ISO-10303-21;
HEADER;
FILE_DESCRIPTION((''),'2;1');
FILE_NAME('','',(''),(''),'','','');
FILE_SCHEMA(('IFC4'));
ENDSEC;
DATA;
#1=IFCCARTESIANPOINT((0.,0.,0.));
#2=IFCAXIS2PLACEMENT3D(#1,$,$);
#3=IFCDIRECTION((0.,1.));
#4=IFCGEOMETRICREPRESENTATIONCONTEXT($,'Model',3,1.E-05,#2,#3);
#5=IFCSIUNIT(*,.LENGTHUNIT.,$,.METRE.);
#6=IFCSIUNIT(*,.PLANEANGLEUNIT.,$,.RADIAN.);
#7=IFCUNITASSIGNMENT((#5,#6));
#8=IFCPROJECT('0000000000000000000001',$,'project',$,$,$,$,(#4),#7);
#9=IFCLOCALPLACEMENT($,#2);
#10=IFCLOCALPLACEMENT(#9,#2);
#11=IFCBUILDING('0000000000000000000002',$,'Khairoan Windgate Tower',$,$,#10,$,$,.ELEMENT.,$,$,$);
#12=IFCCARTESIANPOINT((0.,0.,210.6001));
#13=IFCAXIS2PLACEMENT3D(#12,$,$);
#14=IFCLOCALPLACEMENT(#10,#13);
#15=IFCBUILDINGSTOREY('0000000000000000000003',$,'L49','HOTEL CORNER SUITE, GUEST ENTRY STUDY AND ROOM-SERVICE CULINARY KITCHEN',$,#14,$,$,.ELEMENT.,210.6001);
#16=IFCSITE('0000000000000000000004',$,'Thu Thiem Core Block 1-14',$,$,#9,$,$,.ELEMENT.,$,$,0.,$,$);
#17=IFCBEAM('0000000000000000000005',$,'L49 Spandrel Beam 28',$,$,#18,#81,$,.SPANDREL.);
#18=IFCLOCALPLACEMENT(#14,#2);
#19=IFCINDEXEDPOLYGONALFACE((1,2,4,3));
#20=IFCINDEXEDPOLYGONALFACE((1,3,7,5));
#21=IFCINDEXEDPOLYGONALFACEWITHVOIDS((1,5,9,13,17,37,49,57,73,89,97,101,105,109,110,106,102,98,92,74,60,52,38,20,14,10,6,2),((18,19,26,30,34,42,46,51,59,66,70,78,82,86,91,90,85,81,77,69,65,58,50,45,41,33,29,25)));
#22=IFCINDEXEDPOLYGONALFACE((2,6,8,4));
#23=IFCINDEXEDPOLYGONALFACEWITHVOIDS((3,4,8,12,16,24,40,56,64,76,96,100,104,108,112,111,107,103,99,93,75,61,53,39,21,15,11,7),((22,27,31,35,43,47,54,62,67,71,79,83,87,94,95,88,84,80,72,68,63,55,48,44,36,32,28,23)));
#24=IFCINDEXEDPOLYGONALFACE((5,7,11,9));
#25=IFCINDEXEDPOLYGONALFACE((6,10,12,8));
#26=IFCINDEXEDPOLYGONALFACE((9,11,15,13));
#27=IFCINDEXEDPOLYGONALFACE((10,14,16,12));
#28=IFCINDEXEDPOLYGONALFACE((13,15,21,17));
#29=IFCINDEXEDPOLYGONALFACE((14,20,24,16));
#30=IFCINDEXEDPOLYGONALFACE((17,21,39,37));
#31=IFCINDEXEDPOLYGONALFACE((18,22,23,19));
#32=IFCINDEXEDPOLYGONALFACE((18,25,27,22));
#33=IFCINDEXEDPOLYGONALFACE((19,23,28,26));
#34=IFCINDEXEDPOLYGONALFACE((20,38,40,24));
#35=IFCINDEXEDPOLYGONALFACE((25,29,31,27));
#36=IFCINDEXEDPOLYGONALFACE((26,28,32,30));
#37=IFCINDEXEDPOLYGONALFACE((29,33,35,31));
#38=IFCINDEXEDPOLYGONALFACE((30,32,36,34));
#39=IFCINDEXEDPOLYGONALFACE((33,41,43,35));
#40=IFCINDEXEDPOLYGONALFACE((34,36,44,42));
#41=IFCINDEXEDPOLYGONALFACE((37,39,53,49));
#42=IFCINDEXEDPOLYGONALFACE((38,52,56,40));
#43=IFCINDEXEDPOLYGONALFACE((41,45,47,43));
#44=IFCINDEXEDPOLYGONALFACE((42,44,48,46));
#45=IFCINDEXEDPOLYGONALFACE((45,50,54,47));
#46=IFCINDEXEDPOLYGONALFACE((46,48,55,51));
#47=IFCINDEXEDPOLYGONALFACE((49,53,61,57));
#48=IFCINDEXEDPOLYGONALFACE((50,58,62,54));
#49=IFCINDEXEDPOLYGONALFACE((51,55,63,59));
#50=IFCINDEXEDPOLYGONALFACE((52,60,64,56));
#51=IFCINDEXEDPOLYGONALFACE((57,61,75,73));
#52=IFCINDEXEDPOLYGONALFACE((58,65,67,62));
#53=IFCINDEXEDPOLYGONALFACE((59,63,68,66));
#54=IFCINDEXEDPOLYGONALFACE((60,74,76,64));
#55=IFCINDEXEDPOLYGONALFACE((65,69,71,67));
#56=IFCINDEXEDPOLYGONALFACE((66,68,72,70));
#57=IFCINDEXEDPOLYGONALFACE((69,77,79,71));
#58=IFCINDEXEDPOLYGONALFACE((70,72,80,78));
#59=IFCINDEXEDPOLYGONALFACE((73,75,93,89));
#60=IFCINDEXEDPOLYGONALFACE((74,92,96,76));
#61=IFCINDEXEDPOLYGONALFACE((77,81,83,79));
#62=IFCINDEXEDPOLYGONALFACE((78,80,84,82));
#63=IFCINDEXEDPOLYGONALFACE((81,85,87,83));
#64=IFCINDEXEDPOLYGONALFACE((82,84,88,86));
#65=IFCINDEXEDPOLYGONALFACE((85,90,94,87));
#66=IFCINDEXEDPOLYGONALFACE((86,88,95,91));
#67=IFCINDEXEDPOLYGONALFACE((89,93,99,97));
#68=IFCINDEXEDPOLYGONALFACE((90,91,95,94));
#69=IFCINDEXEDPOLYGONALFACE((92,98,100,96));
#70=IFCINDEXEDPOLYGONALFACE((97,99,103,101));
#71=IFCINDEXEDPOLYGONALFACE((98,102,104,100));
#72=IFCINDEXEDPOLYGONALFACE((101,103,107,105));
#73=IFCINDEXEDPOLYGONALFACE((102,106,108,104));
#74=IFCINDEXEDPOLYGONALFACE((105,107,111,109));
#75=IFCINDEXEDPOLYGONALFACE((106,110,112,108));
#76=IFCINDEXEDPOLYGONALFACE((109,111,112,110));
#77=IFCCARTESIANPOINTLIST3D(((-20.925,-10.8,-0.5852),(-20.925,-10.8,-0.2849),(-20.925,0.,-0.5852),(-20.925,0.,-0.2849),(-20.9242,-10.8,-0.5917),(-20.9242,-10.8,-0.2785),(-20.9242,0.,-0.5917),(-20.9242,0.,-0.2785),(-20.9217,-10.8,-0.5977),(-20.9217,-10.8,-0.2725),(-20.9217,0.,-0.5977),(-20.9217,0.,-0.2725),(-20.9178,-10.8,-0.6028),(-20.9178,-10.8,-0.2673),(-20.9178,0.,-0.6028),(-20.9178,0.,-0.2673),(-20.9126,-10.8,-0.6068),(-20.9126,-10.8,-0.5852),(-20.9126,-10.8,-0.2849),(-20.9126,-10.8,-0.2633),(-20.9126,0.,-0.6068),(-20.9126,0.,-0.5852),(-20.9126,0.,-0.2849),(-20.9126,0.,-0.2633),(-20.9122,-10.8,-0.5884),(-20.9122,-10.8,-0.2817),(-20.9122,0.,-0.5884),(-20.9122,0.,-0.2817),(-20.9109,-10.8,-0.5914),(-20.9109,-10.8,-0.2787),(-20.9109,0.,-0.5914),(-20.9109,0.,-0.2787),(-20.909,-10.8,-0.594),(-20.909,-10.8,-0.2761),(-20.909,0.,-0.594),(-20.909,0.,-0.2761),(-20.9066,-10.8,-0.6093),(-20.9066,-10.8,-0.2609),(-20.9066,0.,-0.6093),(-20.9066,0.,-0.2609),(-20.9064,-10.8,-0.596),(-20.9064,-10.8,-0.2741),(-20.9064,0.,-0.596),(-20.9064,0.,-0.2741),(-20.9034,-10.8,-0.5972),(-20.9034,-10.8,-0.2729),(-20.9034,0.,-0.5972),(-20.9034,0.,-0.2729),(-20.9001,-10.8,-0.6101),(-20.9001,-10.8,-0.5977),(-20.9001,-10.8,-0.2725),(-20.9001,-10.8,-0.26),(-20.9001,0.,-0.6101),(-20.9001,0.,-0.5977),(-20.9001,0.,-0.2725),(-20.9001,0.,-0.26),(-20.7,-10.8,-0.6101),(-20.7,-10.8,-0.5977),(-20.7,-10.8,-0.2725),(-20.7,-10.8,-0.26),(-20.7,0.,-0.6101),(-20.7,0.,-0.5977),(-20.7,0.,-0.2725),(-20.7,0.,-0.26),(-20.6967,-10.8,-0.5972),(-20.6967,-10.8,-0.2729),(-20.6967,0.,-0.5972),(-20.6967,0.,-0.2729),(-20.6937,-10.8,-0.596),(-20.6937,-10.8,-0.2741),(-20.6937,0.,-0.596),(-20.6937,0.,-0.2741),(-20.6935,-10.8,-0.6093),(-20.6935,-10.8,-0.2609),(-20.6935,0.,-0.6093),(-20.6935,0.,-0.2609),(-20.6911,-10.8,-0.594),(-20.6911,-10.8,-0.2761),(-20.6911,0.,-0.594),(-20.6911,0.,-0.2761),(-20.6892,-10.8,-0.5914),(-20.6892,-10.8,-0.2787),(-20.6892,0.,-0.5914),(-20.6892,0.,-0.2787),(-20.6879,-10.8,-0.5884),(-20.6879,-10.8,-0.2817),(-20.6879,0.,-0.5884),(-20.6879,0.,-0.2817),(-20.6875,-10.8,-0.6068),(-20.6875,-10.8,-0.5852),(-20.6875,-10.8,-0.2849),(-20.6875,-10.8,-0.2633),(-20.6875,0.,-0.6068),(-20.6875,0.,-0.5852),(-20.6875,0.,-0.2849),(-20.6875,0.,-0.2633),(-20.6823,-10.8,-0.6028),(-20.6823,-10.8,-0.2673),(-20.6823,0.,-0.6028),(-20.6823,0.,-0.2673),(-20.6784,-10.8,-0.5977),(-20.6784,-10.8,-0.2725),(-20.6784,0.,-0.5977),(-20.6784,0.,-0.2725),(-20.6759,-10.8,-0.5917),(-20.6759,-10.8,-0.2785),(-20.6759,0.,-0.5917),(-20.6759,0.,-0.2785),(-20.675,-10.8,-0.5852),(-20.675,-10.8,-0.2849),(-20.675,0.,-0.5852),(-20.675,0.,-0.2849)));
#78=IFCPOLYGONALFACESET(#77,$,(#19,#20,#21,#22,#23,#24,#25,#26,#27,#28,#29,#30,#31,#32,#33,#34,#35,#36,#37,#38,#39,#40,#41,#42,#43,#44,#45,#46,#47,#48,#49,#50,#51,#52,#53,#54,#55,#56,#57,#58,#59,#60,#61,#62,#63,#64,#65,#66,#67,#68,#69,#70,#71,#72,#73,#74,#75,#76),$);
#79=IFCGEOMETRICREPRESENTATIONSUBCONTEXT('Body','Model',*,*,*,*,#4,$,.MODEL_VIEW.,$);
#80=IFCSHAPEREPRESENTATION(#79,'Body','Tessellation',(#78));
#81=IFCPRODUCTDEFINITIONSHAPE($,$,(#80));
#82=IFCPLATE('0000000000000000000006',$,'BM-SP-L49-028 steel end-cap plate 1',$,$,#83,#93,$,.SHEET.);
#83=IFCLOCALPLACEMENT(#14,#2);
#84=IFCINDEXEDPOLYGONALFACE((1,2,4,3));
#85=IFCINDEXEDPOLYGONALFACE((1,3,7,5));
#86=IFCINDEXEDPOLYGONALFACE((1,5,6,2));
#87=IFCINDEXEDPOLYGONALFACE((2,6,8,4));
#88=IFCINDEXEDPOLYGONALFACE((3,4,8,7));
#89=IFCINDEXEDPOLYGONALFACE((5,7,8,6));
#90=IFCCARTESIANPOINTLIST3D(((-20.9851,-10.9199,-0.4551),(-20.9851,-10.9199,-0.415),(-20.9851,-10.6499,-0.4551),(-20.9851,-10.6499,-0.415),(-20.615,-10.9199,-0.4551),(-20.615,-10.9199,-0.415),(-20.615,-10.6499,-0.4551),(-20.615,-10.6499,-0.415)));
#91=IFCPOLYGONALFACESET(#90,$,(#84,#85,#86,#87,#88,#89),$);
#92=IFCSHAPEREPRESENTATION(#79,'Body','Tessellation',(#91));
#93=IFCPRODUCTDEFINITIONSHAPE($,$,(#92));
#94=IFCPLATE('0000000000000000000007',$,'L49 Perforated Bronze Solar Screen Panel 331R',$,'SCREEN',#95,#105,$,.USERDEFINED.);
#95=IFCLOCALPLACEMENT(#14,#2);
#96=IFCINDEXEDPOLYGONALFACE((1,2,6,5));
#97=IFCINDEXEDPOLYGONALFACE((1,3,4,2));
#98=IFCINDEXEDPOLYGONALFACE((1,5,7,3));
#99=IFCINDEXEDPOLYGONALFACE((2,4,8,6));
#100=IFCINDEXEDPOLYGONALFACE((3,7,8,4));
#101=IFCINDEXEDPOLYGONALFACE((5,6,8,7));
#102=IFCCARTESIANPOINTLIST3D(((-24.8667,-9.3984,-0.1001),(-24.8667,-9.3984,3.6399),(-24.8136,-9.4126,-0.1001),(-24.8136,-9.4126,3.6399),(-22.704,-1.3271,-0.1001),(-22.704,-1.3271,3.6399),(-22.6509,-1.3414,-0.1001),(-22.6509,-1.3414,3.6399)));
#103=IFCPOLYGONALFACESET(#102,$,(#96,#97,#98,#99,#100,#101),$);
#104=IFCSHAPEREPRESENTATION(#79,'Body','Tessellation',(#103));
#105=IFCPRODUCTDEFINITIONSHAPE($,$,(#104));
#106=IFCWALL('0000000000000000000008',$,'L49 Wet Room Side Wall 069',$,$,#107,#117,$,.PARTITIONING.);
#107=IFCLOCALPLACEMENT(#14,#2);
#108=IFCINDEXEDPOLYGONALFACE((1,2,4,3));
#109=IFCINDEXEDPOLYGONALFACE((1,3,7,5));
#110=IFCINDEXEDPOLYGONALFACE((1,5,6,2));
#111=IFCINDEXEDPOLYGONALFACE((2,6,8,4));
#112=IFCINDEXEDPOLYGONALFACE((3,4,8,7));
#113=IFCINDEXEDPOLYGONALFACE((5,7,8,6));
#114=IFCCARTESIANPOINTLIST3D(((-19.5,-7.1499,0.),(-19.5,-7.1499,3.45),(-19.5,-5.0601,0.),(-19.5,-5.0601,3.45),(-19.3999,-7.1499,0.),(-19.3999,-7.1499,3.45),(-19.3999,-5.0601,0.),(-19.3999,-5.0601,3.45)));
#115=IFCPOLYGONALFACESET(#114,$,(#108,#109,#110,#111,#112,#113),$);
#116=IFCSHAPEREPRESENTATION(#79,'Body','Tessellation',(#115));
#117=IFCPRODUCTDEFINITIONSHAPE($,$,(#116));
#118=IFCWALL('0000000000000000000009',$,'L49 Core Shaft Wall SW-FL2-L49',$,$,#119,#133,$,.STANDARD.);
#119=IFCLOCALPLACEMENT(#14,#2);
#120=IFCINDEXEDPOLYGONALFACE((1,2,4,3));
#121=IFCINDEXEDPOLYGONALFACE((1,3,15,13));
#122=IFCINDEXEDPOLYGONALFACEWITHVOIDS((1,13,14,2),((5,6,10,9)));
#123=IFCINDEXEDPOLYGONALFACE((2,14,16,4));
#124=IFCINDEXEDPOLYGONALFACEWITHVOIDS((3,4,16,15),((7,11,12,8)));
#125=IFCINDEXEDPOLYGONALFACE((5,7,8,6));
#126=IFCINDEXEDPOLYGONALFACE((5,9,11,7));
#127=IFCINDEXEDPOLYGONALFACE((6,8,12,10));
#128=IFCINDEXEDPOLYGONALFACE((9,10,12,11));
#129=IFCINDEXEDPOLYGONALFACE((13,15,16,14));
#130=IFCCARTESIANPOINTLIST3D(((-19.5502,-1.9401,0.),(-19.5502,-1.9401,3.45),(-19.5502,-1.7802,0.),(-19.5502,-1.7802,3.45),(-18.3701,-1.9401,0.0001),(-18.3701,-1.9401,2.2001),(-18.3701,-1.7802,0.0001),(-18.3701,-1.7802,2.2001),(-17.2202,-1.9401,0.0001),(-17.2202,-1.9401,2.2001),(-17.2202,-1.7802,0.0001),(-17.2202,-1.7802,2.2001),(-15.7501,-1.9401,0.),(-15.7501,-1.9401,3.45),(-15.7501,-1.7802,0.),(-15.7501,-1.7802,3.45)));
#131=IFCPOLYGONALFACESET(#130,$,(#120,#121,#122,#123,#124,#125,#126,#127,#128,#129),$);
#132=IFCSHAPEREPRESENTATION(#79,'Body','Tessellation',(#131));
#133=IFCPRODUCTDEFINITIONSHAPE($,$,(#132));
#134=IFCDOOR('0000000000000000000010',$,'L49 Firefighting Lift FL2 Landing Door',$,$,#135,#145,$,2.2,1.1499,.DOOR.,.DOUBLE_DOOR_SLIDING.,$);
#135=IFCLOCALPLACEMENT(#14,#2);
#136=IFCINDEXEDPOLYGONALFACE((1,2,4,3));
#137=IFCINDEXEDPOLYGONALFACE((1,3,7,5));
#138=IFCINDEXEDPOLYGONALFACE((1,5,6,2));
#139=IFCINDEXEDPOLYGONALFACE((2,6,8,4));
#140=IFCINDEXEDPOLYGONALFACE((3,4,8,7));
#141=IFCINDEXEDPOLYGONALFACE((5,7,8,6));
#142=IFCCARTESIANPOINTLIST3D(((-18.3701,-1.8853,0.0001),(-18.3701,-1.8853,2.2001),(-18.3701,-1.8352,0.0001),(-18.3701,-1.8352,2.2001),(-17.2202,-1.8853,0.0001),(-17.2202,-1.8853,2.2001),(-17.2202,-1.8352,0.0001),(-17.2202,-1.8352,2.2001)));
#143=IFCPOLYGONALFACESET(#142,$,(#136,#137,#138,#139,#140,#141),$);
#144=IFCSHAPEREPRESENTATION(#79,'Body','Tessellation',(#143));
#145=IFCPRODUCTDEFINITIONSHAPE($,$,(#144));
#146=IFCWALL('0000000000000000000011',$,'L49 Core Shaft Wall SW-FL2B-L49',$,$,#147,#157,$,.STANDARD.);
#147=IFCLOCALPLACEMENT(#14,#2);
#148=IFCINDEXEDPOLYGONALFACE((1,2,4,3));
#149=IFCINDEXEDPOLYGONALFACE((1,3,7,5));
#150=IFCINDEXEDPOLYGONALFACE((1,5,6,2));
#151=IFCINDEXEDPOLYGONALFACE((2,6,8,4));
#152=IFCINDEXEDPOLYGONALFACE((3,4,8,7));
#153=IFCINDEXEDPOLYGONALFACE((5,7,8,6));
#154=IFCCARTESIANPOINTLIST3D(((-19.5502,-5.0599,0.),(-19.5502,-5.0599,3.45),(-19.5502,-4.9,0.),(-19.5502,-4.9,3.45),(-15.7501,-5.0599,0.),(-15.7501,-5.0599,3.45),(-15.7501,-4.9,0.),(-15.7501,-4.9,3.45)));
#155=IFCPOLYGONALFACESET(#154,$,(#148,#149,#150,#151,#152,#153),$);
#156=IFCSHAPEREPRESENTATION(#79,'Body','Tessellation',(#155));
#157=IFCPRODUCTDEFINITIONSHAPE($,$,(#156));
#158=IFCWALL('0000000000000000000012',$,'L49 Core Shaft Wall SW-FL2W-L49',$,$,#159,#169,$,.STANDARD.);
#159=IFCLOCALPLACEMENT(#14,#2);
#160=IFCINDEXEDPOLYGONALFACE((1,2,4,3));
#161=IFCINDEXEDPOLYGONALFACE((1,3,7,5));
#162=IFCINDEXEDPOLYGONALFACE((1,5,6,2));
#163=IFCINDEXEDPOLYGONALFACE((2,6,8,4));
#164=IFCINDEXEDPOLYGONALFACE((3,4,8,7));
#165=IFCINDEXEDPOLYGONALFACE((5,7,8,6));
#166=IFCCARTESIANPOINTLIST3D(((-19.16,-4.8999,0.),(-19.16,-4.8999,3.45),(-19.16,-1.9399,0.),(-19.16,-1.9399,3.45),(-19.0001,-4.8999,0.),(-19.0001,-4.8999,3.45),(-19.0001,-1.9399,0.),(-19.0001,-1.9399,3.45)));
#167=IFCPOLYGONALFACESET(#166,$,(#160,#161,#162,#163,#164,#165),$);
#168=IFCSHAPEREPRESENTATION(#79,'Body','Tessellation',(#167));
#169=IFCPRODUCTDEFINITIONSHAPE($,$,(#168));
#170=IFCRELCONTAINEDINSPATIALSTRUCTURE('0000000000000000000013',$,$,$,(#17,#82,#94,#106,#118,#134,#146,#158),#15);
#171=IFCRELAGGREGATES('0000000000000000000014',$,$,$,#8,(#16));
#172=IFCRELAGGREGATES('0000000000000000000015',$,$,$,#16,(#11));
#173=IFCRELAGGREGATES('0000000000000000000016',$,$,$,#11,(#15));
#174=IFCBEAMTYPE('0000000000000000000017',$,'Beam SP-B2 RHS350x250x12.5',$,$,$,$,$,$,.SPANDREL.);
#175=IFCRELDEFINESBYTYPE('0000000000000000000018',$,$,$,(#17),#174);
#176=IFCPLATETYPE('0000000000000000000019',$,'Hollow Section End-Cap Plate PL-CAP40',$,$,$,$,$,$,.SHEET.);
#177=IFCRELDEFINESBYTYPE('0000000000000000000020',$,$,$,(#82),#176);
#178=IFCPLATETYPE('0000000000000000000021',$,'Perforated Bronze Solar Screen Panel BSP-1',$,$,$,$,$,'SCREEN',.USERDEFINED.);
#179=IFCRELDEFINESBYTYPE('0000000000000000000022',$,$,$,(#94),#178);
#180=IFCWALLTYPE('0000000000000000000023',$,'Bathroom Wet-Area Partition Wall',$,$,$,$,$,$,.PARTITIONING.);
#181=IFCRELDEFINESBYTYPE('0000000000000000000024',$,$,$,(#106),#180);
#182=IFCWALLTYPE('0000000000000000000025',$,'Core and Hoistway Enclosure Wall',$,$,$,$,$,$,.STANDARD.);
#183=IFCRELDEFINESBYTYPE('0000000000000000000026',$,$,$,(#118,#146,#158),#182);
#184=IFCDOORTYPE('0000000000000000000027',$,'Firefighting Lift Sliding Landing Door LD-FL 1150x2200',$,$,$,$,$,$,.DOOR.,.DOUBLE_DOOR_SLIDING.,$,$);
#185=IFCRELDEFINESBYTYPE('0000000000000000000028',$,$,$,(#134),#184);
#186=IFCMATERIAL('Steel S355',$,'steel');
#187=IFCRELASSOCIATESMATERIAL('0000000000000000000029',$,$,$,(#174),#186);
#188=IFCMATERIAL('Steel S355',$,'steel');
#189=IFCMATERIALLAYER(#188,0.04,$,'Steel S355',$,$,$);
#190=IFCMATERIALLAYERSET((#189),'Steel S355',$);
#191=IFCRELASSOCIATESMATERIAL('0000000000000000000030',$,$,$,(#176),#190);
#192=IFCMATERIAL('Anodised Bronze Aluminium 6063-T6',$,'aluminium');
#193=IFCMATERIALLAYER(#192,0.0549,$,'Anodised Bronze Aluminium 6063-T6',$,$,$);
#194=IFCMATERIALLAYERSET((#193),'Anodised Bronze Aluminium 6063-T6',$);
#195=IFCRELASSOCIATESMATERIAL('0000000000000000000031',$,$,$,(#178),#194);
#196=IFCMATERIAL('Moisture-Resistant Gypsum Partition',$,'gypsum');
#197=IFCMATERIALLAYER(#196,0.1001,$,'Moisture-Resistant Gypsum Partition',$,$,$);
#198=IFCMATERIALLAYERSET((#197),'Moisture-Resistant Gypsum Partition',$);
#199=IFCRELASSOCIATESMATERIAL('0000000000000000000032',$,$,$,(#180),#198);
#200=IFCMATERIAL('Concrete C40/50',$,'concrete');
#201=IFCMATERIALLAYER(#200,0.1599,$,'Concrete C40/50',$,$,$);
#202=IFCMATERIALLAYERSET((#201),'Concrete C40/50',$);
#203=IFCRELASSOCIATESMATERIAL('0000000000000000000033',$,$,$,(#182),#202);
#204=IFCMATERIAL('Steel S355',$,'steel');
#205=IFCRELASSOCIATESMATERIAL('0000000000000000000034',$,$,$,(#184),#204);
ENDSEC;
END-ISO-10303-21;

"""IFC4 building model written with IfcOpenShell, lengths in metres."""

from ifc_helpers import new_model, si_unit, direction, frame, frame_2d, origin, origin_2d, place, context, subcontext, project, spatial, rectangle, hollow_rectangle, extrude, material, layer, layer_set, material_profile, profile_set, type_object, element, fill, save


model = new_model("IFC4")

# Units and contexts
model_context = context("Model", 3, precision=1e-05, world=origin(), true_north=direction((0.0, 1.0)))
body_context = subcontext(model_context, "Body", "Model", "MODEL_VIEW")
ifc_project = project(units=[si_unit("LENGTHUNIT", "METRE"), si_unit("PLANEANGLEUNIT", "RADIAN")], contexts=[model_context])

# Site, building, storey
site_placement = place(None, origin())
site = spatial("IfcSite", under=ifc_project, at=site_placement, Name="Thu Thiem Core Block 1-14", CompositionType="ELEMENT", RefElevation=0.0)
building_placement = place(site_placement, origin())
building = spatial("IfcBuilding", under=site, at=building_placement, Name="Khairoan Windgate Tower", CompositionType="ELEMENT")
storey_placement = place(building_placement, frame((0.0, 0.0, 210.6001)))
storey = spatial("IfcBuildingStorey", under=building, at=storey_placement, Name="L49", Description="HOTEL CORNER SUITE, GUEST ENTRY STUDY AND ROOM-SERVICE CULINARY KITCHEN", CompositionType="ELEMENT", Elevation=210.6001)

# Beam
ifc_material_1 = material(Name="Steel S355", Category="steel")
ifc_material_profile_1 = material_profile(ifc_material_1, hollow_rectangle(XDim=0.25, YDim=0.3501, WallThickness=0.0125, InnerFilletRadius=0.0125, OuterFilletRadius=0.0249, at=origin_2d()))
ifc_profile_set_1 = profile_set([ifc_material_profile_1], Name="Steel S355")
beam_type_1 = type_object("IfcBeamType", Name="Beam SP-B2 RHS350x250x12.5", PredefinedType="SPANDREL", material=ifc_profile_set_1)
beam_1_placement = place(storey_placement, frame((-20.8, -10.8, -0.4351), z_axis=(0.0, 1.0, 0.0), x_axis=(-1.0, 0.0, 0.0)))
element("IfcBeam", 1, at=beam_1_placement, inside=storey, type_object=beam_type_1, Name="L49 Spandrel Beam 28", PredefinedType="SPANDREL", context=body_context, shape_type="SweptSolid", body=[
    extrude(hollow_rectangle(XDim=0.25, YDim=0.3501, WallThickness=0.0125, InnerFilletRadius=0.0125, OuterFilletRadius=0.0249, at=origin_2d()), origin(), (0.0, 0.0, 1.0), 10.8),
])

# Plates
ifc_material_2 = material(Name="Steel S355", Category="steel")
ifc_layer_1 = layer(ifc_material_2, 0.04, Name="Steel S355")
ifc_layer_set_1 = layer_set([ifc_layer_1], Name="Steel S355")
plate_type_1 = type_object("IfcPlateType", Name="Hollow Section End-Cap Plate PL-CAP40", PredefinedType="SHEET", material=ifc_layer_set_1)
plate_1_placement = place(storey_placement, frame((-20.8, -10.7849, -0.4551), z_axis=(0.0, 0.0, 1.0), x_axis=(0.0, 1.0, 0.0)))
element("IfcPlate", 2, at=plate_1_placement, inside=storey, type_object=plate_type_1, Name="BM-SP-L49-028 steel end-cap plate 1", PredefinedType="SHEET", context=body_context, shape_type="SweptSolid", body=[
    extrude(rectangle(XDim=0.27, YDim=0.3701, at=origin_2d()), origin(), (0.0, 0.0, 1.0), 0.04),
])
ifc_material_3 = material(Name="Anodised Bronze Aluminium 6063-T6", Category="aluminium")
ifc_layer_2 = layer(ifc_material_3, 0.0549, Name="Anodised Bronze Aluminium 6063-T6")
ifc_layer_set_2 = layer_set([ifc_layer_2], Name="Anodised Bronze Aluminium 6063-T6")
plate_type_2 = type_object("IfcPlateType", Name="Perforated Bronze Solar Screen Panel BSP-1", ElementType="SCREEN", PredefinedType="USERDEFINED", material=ifc_layer_set_2)
plate_2_placement = place(storey_placement, frame((-23.7588, -5.3699, -0.1001), z_axis=(0.0, 0.0, 1.0), x_axis=(0.258819, 0.965926, 0.0)))
element("IfcPlate", 3, at=plate_2_placement, inside=storey, type_object=plate_type_2, Name="L49 Perforated Bronze Solar Screen Panel 331R", ObjectType="SCREEN", PredefinedType="USERDEFINED", context=body_context, shape_type="SweptSolid", body=[
    extrude(rectangle(XDim=8.356, YDim=0.0549, at=origin_2d()), origin(), (0.0, 0.0, 1.0), 3.74),
])

# Wall
ifc_material_4 = material(Name="Moisture-Resistant Gypsum Partition", Category="gypsum")
ifc_layer_3 = layer(ifc_material_4, 0.1001, Name="Moisture-Resistant Gypsum Partition")
ifc_layer_set_3 = layer_set([ifc_layer_3], Name="Moisture-Resistant Gypsum Partition")
wall_type_1 = type_object("IfcWallType", Name="Bathroom Wet-Area Partition Wall", PredefinedType="PARTITIONING", material=ifc_layer_set_3)
wall_1_placement = place(storey_placement, frame((-19.45, -7.1499, 0.0), z_axis=(0.0, 0.0, 1.0), x_axis=(0.0, 1.0, 0.0)))
element("IfcWall", 4, at=wall_1_placement, inside=storey, type_object=wall_type_1, Name="L49 Wet Room Side Wall 069", PredefinedType="PARTITIONING", context=body_context, shape_type="SweptSolid", body=[
    extrude(rectangle(XDim=2.0898, YDim=0.1001, at=frame_2d((1.0449, 0.0))), origin(), (0.0, 0.0, 1.0), 3.45),
])

# Wall, opening, door
ifc_material_5 = material(Name="Concrete C40/50", Category="concrete")
ifc_layer_4 = layer(ifc_material_5, 0.1599, Name="Concrete C40/50")
ifc_layer_set_4 = layer_set([ifc_layer_4], Name="Concrete C40/50")
wall_type_2 = type_object("IfcWallType", Name="Core and Hoistway Enclosure Wall", PredefinedType="STANDARD", material=ifc_layer_set_4)
wall_2_placement = place(storey_placement, frame((-19.55, -1.8601, 0.0), z_axis=(0.0, 0.0, 1.0), x_axis=(1.0, 0.0, 0.0)))
wall_2 = element("IfcWall", 5, at=wall_2_placement, inside=storey, type_object=wall_type_2, Name="L49 Core Shaft Wall SW-FL2-L49", PredefinedType="STANDARD", context=body_context, shape_type="SweptSolid", body=[
    extrude(rectangle(XDim=3.8, YDim=0.1599, at=frame_2d((1.8999, 0.0))), origin(), (0.0, 0.0, 1.0), 3.45),
])
opening_1_placement = place(wall_2_placement, frame((1.1799, 0.0, 0.0)))
opening_1 = element("IfcOpeningElement", 6, at=opening_1_placement, cuts=wall_2, PredefinedType="OPENING", context=body_context, shape_type="SweptSolid", body=[
    extrude(rectangle(XDim=1.1499, YDim=2.2, at=frame_2d((0.575, 1.1001))), frame((0.0, 0.0898, 0.0), z_axis=(0.0, -1.0, 0.0), x_axis=(1.0, 0.0, 0.0)), (0.0, 0.0, 1.0), 0.1799),
])
ifc_material_6 = material(Name="Steel S355", Category="steel")
door_type_1 = type_object("IfcDoorType", Name="Firefighting Lift Sliding Landing Door LD-FL 1150x2200", OperationType="DOUBLE_DOOR_SLIDING", PredefinedType="DOOR", material=ifc_material_6)
door_1_placement = place(opening_1_placement, origin())
door_1 = element("IfcDoor", 7, at=door_1_placement, inside=storey, type_object=door_type_1, Name="L49 Firefighting Lift FL2 Landing Door", OperationType="DOUBLE_DOOR_SLIDING", OverallHeight=2.2, OverallWidth=1.1499, PredefinedType="DOOR", context=body_context, shape_type="SweptSolid", body=[
    extrude(rectangle(XDim=1.1499, YDim=2.2, at=frame_2d((0.575, 1.1001))), frame((0.0, 0.0249, 0.0), z_axis=(0.0, -1.0, 0.0), x_axis=(1.0, 0.0, 0.0)), (0.0, 0.0, 1.0), 0.05),
])
fill(opening_1, door_1)

# Walls
wall_3_placement = place(storey_placement, frame((-19.55, -4.98, 0.0), z_axis=(0.0, 0.0, 1.0), x_axis=(1.0, 0.0, 0.0)))
element("IfcWall", 8, at=wall_3_placement, inside=storey, type_object=wall_type_2, Name="L49 Core Shaft Wall SW-FL2B-L49", PredefinedType="STANDARD", context=body_context, shape_type="SweptSolid", body=[
    extrude(rectangle(XDim=3.8, YDim=0.1599, at=frame_2d((1.8999, 0.0))), origin(), (0.0, 0.0, 1.0), 3.45),
])
wall_4_placement = place(storey_placement, frame((-19.0801, -4.8999, 0.0), z_axis=(0.0, 0.0, 1.0), x_axis=(0.0, 1.0, 0.0)))
element("IfcWall", 9, at=wall_4_placement, inside=storey, type_object=wall_type_2, Name="L49 Core Shaft Wall SW-FL2W-L49", PredefinedType="STANDARD", context=body_context, shape_type="SweptSolid", body=[
    extrude(rectangle(XDim=2.96, YDim=0.1599, at=frame_2d((1.48, 0.0))), origin(), (0.0, 0.0, 1.0), 3.45),
])

save(model, "model.ifc")
